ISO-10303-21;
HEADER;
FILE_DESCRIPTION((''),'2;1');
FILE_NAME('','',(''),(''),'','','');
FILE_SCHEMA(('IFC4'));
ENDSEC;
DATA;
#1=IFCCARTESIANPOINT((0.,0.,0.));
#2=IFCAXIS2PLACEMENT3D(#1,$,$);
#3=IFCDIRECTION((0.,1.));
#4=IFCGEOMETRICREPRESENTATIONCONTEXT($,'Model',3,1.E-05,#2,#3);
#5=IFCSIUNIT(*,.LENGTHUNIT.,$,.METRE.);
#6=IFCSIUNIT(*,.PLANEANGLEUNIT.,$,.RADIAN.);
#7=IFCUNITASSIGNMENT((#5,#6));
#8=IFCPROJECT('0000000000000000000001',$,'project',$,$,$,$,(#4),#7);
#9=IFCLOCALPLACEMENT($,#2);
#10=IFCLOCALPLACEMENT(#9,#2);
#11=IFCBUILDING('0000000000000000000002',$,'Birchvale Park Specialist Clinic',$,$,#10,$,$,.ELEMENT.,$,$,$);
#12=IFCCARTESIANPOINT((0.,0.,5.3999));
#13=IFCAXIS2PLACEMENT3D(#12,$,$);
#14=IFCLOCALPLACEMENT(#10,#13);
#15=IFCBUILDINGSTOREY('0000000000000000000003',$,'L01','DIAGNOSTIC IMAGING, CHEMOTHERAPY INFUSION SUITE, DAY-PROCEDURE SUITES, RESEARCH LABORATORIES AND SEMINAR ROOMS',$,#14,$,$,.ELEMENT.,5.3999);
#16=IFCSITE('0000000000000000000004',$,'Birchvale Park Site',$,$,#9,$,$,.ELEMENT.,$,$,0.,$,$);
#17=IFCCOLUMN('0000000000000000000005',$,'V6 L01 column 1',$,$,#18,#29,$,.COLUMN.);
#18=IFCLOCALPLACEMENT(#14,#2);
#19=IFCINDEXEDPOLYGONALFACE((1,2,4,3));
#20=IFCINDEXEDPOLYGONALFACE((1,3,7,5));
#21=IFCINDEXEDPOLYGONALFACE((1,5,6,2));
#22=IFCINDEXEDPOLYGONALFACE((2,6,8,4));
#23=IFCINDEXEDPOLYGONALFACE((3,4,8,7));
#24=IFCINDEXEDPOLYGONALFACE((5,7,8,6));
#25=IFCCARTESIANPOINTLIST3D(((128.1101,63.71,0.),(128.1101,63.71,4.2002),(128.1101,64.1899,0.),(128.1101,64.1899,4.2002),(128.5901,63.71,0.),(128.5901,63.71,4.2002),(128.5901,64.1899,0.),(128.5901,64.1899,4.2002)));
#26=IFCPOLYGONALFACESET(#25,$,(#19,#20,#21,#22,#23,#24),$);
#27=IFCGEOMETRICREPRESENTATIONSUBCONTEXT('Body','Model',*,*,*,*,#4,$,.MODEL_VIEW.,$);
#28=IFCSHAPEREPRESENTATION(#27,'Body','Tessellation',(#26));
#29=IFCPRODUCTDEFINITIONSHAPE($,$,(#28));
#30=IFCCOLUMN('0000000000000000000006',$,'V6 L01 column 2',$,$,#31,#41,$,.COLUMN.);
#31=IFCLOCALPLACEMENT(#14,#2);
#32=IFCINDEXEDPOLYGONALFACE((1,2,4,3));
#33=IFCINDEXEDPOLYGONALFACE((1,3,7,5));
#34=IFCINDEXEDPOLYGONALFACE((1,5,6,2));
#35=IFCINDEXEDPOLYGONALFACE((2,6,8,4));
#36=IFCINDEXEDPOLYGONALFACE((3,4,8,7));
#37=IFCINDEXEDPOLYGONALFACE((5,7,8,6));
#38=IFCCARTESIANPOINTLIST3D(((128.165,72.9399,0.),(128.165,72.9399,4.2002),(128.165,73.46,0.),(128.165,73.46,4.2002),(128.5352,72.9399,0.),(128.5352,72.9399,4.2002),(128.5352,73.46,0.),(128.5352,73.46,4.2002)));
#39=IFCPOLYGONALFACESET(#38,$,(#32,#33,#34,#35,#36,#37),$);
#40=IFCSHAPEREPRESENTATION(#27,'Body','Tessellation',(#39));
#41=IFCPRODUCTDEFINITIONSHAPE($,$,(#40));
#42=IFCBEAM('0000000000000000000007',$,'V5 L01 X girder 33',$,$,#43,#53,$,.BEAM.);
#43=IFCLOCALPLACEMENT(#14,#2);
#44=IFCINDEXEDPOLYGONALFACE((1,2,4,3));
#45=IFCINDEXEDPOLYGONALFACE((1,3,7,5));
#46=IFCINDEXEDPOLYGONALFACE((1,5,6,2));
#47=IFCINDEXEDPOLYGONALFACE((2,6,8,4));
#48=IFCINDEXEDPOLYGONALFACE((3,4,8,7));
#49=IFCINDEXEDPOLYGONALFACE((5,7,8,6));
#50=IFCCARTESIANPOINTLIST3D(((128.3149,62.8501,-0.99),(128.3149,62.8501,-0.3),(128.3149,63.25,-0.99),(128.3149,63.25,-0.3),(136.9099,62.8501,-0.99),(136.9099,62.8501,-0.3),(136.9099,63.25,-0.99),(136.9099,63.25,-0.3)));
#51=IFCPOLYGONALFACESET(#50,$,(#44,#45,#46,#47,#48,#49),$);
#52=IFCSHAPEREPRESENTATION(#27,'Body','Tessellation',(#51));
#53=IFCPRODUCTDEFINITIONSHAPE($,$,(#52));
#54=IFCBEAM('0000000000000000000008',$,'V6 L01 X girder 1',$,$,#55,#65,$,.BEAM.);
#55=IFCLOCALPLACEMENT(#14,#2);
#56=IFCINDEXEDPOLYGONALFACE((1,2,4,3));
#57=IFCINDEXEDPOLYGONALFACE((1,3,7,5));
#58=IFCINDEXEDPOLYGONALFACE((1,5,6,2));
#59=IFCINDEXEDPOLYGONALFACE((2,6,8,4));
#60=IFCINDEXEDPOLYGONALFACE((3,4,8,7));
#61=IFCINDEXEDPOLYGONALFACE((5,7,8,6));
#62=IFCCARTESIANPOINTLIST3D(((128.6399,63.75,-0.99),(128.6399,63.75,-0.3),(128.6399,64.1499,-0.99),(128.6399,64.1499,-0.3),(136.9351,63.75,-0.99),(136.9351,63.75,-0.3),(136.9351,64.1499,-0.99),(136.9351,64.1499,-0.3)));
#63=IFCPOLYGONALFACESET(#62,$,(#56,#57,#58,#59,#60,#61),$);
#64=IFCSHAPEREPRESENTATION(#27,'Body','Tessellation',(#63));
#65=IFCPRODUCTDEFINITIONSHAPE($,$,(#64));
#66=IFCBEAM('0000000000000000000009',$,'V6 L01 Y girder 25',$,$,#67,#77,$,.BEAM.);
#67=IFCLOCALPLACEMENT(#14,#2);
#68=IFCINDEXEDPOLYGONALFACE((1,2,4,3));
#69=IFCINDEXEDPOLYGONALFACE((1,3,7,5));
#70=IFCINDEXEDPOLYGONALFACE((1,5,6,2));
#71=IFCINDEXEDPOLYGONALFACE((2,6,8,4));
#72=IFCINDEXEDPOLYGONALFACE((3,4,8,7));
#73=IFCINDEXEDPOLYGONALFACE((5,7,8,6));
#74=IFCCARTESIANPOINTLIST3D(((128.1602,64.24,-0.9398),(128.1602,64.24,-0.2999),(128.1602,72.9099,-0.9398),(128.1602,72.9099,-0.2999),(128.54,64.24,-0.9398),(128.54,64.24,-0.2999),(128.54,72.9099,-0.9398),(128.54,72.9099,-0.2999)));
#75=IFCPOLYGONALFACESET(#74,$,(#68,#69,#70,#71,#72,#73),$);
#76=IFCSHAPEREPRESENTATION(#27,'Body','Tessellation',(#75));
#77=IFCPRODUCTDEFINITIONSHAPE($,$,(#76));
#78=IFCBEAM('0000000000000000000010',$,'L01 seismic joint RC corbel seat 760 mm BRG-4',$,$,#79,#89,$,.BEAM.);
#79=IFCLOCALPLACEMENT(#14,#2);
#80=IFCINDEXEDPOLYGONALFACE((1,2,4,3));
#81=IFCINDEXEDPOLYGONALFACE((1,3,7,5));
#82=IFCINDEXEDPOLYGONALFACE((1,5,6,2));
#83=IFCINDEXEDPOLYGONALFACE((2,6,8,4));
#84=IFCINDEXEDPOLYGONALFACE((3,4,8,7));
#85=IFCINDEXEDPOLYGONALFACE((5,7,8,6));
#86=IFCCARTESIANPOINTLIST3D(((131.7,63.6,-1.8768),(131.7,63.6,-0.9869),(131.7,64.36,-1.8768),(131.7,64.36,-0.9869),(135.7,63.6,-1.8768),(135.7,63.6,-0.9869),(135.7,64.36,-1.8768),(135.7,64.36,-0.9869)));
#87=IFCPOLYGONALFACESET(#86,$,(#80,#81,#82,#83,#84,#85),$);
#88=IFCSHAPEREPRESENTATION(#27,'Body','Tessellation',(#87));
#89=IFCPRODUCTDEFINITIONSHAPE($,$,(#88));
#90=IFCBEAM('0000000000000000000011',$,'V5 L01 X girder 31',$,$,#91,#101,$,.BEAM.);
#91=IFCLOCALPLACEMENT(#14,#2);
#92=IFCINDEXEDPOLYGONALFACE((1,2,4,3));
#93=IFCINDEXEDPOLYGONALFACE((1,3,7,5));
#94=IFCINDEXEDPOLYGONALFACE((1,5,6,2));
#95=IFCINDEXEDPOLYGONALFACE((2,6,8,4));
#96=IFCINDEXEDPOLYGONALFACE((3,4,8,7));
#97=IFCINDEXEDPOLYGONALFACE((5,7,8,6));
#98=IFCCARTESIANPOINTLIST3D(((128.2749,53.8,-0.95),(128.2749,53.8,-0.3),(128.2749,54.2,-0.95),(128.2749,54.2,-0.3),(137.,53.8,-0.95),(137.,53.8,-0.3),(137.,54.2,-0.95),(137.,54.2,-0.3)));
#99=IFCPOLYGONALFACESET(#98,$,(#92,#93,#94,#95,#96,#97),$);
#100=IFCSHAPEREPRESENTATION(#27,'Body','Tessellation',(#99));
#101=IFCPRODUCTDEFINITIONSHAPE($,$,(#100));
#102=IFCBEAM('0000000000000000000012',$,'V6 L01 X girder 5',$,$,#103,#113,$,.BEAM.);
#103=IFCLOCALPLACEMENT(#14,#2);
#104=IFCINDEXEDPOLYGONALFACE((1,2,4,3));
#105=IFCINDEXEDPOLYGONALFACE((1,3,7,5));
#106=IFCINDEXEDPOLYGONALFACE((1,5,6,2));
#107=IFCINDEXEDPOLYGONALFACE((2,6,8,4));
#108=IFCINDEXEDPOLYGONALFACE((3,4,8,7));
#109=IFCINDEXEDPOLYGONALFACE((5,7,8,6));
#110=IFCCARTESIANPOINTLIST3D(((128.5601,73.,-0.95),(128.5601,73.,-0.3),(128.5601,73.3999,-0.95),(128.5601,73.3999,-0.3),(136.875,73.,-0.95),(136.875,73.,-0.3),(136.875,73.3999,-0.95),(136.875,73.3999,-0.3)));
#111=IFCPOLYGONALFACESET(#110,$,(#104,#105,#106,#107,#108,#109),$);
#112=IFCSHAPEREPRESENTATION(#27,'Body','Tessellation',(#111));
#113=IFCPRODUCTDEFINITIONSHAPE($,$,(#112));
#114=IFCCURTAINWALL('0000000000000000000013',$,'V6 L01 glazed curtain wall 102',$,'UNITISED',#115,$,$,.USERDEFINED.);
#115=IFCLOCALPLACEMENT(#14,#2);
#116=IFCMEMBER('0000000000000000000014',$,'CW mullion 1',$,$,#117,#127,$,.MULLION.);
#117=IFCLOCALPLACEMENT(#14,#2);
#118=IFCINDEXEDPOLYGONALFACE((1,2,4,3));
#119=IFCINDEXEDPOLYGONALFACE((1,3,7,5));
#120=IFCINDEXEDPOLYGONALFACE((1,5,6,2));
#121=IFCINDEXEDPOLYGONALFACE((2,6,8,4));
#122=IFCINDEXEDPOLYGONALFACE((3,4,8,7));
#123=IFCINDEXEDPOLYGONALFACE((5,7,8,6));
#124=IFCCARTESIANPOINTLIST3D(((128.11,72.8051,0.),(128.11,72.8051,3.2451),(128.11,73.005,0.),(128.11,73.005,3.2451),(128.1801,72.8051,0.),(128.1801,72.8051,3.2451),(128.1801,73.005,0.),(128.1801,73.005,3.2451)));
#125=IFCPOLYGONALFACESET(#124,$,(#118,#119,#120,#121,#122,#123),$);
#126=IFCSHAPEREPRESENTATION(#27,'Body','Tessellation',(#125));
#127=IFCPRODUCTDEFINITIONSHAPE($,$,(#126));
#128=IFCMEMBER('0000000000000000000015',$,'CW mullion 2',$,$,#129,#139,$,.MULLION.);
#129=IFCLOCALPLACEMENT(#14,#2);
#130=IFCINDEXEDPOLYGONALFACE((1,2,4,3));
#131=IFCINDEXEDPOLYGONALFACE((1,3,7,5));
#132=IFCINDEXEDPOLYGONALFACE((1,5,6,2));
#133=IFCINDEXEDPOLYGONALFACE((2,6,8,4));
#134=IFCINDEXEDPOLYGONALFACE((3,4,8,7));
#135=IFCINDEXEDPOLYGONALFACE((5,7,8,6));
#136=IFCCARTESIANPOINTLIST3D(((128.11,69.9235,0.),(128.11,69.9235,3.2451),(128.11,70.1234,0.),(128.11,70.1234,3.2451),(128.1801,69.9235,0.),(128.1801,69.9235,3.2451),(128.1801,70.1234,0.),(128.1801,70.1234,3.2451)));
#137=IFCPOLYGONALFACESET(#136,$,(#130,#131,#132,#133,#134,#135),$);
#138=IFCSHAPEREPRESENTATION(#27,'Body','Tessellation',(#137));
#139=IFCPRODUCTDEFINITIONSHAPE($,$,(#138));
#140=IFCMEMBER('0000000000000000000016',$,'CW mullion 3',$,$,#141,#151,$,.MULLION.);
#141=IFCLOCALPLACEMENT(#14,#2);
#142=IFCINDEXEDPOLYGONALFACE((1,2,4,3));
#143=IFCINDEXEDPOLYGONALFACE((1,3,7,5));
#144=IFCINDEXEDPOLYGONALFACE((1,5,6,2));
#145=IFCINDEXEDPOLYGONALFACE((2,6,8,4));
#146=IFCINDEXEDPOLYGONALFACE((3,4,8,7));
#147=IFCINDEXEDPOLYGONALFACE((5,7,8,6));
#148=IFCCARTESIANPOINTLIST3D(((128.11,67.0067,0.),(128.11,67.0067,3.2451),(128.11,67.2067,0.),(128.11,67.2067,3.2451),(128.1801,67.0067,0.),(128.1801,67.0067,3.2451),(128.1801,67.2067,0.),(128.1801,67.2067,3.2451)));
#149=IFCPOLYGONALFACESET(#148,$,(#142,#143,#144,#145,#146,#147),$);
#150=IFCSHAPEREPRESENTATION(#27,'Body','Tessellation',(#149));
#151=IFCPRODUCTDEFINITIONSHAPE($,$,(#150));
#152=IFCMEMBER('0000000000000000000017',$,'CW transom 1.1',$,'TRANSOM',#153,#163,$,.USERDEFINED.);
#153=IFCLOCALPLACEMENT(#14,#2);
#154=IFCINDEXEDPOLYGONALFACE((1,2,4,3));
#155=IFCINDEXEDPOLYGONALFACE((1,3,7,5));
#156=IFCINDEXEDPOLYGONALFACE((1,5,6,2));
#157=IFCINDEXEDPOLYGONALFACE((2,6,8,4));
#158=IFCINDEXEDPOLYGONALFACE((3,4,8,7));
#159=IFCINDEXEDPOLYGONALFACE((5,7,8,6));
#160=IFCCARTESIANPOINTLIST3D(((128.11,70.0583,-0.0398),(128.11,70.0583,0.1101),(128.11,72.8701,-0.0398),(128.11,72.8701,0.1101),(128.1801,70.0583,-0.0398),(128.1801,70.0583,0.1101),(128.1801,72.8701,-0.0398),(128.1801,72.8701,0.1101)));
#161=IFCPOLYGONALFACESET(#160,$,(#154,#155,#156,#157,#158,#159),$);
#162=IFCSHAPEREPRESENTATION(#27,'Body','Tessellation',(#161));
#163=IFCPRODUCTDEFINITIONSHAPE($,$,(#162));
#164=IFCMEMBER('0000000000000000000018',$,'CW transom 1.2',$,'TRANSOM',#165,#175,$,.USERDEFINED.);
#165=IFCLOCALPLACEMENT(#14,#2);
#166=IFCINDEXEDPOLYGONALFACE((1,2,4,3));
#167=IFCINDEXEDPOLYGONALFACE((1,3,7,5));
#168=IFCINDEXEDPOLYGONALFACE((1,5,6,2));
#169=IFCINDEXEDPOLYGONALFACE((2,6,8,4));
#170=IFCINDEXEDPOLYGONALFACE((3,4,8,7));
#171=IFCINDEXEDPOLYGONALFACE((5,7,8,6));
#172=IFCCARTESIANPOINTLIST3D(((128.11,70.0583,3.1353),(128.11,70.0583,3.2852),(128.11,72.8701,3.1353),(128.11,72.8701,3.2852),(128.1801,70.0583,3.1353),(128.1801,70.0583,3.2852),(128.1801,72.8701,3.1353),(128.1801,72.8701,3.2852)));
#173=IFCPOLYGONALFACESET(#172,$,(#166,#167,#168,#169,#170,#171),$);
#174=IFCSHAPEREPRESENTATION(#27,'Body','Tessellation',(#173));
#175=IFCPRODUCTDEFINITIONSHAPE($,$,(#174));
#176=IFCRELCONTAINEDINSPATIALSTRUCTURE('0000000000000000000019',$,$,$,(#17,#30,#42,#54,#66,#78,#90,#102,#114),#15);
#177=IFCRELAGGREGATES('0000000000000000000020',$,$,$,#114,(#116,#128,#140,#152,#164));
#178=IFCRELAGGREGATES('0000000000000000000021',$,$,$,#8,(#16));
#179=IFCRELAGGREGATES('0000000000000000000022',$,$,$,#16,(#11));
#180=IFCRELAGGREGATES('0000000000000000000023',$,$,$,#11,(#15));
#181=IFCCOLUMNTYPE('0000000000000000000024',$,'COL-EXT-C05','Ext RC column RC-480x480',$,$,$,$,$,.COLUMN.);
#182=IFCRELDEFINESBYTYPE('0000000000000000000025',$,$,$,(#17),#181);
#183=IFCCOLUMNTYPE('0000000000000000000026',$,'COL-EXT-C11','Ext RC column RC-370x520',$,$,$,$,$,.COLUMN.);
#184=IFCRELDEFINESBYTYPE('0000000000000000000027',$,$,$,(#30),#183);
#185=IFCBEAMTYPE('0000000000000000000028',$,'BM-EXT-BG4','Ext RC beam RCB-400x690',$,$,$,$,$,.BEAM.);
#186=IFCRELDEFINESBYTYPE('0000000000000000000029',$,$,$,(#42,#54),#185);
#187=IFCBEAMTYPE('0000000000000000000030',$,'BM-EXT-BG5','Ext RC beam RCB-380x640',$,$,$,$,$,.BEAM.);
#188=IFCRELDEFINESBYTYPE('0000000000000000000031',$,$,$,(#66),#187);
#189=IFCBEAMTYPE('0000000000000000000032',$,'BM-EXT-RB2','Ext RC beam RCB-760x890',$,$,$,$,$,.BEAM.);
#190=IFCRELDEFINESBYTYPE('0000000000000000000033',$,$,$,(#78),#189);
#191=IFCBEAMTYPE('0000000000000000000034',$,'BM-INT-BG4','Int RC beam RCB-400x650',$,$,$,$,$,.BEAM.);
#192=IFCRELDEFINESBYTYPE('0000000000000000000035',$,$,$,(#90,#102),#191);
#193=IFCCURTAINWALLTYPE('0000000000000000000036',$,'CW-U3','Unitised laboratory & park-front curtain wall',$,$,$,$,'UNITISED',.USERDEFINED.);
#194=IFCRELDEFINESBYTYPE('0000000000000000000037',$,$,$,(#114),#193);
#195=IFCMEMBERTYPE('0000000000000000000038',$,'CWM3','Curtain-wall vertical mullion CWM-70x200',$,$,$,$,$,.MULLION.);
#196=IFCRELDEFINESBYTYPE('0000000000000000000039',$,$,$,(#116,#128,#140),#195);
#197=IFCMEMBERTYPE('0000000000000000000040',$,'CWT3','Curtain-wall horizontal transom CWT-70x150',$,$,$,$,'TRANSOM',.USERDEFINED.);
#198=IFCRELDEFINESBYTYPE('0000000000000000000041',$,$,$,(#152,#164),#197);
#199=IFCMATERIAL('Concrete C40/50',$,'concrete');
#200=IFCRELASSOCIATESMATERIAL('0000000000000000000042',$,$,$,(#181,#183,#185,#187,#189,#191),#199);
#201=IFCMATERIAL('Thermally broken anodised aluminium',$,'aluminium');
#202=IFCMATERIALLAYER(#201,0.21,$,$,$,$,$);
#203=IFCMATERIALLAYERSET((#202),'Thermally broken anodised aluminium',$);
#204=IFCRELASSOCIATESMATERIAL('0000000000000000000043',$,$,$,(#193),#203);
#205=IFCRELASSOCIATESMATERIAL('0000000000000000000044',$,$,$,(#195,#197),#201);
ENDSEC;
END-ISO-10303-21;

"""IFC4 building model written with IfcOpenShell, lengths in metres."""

from ifc_helpers import new_model, si_unit, direction, frame, origin, origin_2d, place, context, subcontext, project, spatial, rectangle, extrude, material, layer, layer_set, material_profile, profile_set, type_object, element, aggregate, save


model = new_model("IFC4")

# Units and contexts
model_context = context("Model", 3, precision=1e-05, world=origin(), true_north=direction((0.0, 1.0)))
body_context = subcontext(model_context, "Body", "Model", "MODEL_VIEW")
ifc_project = project(units=[si_unit("LENGTHUNIT", "METRE"), si_unit("PLANEANGLEUNIT", "RADIAN")], contexts=[model_context])

# Site, building, storey
site_placement = place(None, origin())
site = spatial("IfcSite", under=ifc_project, at=site_placement, Name="Birchvale Park Site", CompositionType="ELEMENT", RefElevation=0.0)
building_placement = place(site_placement, origin())
building = spatial("IfcBuilding", under=site, at=building_placement, Name="Birchvale Park Specialist Clinic", CompositionType="ELEMENT")
storey_placement = place(building_placement, frame((0.0, 0.0, 5.3999)))
storey = spatial("IfcBuildingStorey", under=building, at=storey_placement, Name="L01", Description="DIAGNOSTIC IMAGING, CHEMOTHERAPY INFUSION SUITE, DAY-PROCEDURE SUITES, RESEARCH LABORATORIES AND SEMINAR ROOMS", CompositionType="ELEMENT", Elevation=5.3999)

# Columns
ifc_material_1 = material(Name="Concrete C40/50", Category="concrete")
ifc_material_profile_1 = material_profile(ifc_material_1, rectangle(XDim=0.48, YDim=0.48, at=origin_2d()), Name="RC-480x480")
ifc_profile_set_1 = profile_set([ifc_material_profile_1], Name="Concrete C40/50")
column_type_1 = type_object("IfcColumnType", Name="COL-EXT-C05", Description="Ext RC column RC-480x480", PredefinedType="COLUMN", material=ifc_profile_set_1)
column_1_placement = place(storey_placement, frame((128.3501, 63.95, 0.0), z_axis=(0.0, 0.0, 1.0), x_axis=(1.0, 0.0, 0.0)))
element("IfcColumn", 1, at=column_1_placement, inside=storey, type_object=column_type_1, Name="V6 L01 column 1", PredefinedType="COLUMN", context=body_context, shape_type="SweptSolid", body=[
    extrude(rectangle(XDim=0.48, YDim=0.48, at=origin_2d()), origin(), (0.0, 0.0, 1.0), 4.2002),
])
ifc_material_profile_2 = material_profile(ifc_material_1, rectangle(XDim=0.3701, YDim=0.52, at=origin_2d()), Name="RC-370x520")
ifc_profile_set_2 = profile_set([ifc_material_profile_2], Name="Concrete C40/50")
column_type_2 = type_object("IfcColumnType", Name="COL-EXT-C11", Description="Ext RC column RC-370x520", PredefinedType="COLUMN", material=ifc_profile_set_2)
column_2_placement = place(storey_placement, frame((128.3501, 73.2, 0.0), z_axis=(0.0, 0.0, 1.0), x_axis=(1.0, 0.0, 0.0)))
element("IfcColumn", 2, at=column_2_placement, inside=storey, type_object=column_type_2, Name="V6 L01 column 2", PredefinedType="COLUMN", context=body_context, shape_type="SweptSolid", body=[
    extrude(rectangle(XDim=0.3701, YDim=0.52, at=origin_2d()), origin(), (0.0, 0.0, 1.0), 4.2002),
])

# Beams
ifc_material_profile_3 = material_profile(ifc_material_1, rectangle(XDim=0.3999, YDim=0.6899, at=origin_2d()), Name="RCB-400x690")
ifc_profile_set_3 = profile_set([ifc_material_profile_3], Name="Concrete C40/50")
beam_type_1 = type_object("IfcBeamType", Name="BM-EXT-BG4", Description="Ext RC beam RCB-400x690", PredefinedType="BEAM", material=ifc_profile_set_3)
beam_1_placement = place(storey_placement, frame((128.3149, 63.05, -0.645), z_axis=(1.0, 0.0, 0.0), x_axis=(0.0, 1.0, 0.0)))
element("IfcBeam", 3, at=beam_1_placement, inside=storey, type_object=beam_type_1, Name="V5 L01 X girder 33", PredefinedType="BEAM", context=body_context, shape_type="SweptSolid", body=[
    extrude(rectangle(XDim=0.3999, YDim=0.6899, at=origin_2d()), origin(), (0.0, 0.0, 1.0), 8.595),
])
beam_2_placement = place(storey_placement, frame((128.6399, 63.95, -0.645), z_axis=(1.0, 0.0, 0.0), x_axis=(0.0, 1.0, 0.0)))
element("IfcBeam", 4, at=beam_2_placement, inside=storey, type_object=beam_type_1, Name="V6 L01 X girder 1", PredefinedType="BEAM", context=body_context, shape_type="SweptSolid", body=[
    extrude(rectangle(XDim=0.3999, YDim=0.6899, at=origin_2d()), origin(), (0.0, 0.0, 1.0), 8.2952),
])
ifc_material_profile_4 = material_profile(ifc_material_1, rectangle(XDim=0.3799, YDim=0.6399, at=origin_2d()), Name="RCB-380x640")
ifc_profile_set_4 = profile_set([ifc_material_profile_4], Name="Concrete C40/50")
beam_type_2 = type_object("IfcBeamType", Name="BM-EXT-BG5", Description="Ext RC beam RCB-380x640", PredefinedType="BEAM", material=ifc_profile_set_4)
beam_3_placement = place(storey_placement, frame((128.3501, 64.24, -0.6199), z_axis=(0.0, 1.0, 0.0), x_axis=(-1.0, 0.0, 0.0)))
element("IfcBeam", 5, at=beam_3_placement, inside=storey, type_object=beam_type_2, Name="V6 L01 Y girder 25", PredefinedType="BEAM", context=body_context, shape_type="SweptSolid", body=[
    extrude(rectangle(XDim=0.3799, YDim=0.6399, at=origin_2d()), origin(), (0.0, 0.0, 1.0), 8.6699),
])
ifc_material_profile_5 = material_profile(ifc_material_1, rectangle(XDim=0.76, YDim=0.8899, at=origin_2d()), Name="RCB-760x890")
ifc_profile_set_5 = profile_set([ifc_material_profile_5], Name="Concrete C40/50")
beam_type_3 = type_object("IfcBeamType", Name="BM-EXT-RB2", Description="Ext RC beam RCB-760x890", PredefinedType="BEAM", material=ifc_profile_set_5)
beam_4_placement = place(storey_placement, frame((131.7, 63.98, -1.4319), z_axis=(1.0, 0.0, 0.0), x_axis=(0.0, 1.0, 0.0)))
element("IfcBeam", 6, at=beam_4_placement, inside=storey, type_object=beam_type_3, Name="L01 seismic joint RC corbel seat 760 mm BRG-4", PredefinedType="BEAM", context=body_context, shape_type="SweptSolid", body=[
    extrude(rectangle(XDim=0.76, YDim=0.8899, at=origin_2d()), origin(), (0.0, 0.0, 1.0), 4.0),
])
ifc_material_profile_6 = material_profile(ifc_material_1, rectangle(XDim=0.3999, YDim=0.6499, at=origin_2d()), Name="RCB-400x650")
ifc_profile_set_6 = profile_set([ifc_material_profile_6], Name="Concrete C40/50")
beam_type_4 = type_object("IfcBeamType", Name="BM-INT-BG4", Description="Int RC beam RCB-400x650", PredefinedType="BEAM", material=ifc_profile_set_6)
beam_5_placement = place(storey_placement, frame((128.2749, 54.0, -0.625), z_axis=(1.0, 0.0, 0.0), x_axis=(0.0, 1.0, 0.0)))
element("IfcBeam", 7, at=beam_5_placement, inside=storey, type_object=beam_type_4, Name="V5 L01 X girder 31", PredefinedType="BEAM", context=body_context, shape_type="SweptSolid", body=[
    extrude(rectangle(XDim=0.3999, YDim=0.6499, at=origin_2d()), origin(), (0.0, 0.0, 1.0), 8.7251),
])
beam_6_placement = place(storey_placement, frame((128.5601, 73.2, -0.625), z_axis=(1.0, 0.0, 0.0), x_axis=(0.0, 1.0, 0.0)))
element("IfcBeam", 8, at=beam_6_placement, inside=storey, type_object=beam_type_4, Name="V6 L01 X girder 5", PredefinedType="BEAM", context=body_context, shape_type="SweptSolid", body=[
    extrude(rectangle(XDim=0.3999, YDim=0.6499, at=origin_2d()), origin(), (0.0, 0.0, 1.0), 8.3149),
])

# Curtain wall, members
ifc_material_2 = material(Name="Thermally broken anodised aluminium", Category="aluminium")
ifc_layer_1 = layer(ifc_material_2, 0.21)
ifc_layer_set_1 = layer_set([ifc_layer_1], Name="Thermally broken anodised aluminium")
curtain_wall_type = type_object("IfcCurtainWallType", Name="CW-U3", Description="Unitised laboratory & park-front curtain wall", ElementType="UNITISED", PredefinedType="USERDEFINED", material=ifc_layer_set_1)
curtain_wall_placement = place(storey_placement, origin())
curtain_wall = element("IfcCurtainWall", 9, at=curtain_wall_placement, inside=storey, type_object=curtain_wall_type, Name="V6 L01 glazed curtain wall 102", ObjectType="UNITISED", PredefinedType="USERDEFINED")
ifc_material_profile_7 = material_profile(ifc_material_2, rectangle(XDim=0.0701, YDim=0.2, at=origin_2d()), Name="CWM-70x200")
ifc_profile_set_7 = profile_set([ifc_material_profile_7], Name="Thermally broken anodised aluminium")
member_type_1 = type_object("IfcMemberType", Name="CWM3", Description="Curtain-wall vertical mullion CWM-70x200", PredefinedType="MULLION", material=ifc_profile_set_7)
member_1_placement = place(storey_placement, frame((128.145, 72.905, 0.0), z_axis=(0.0, 0.0, 1.0), x_axis=(1.0, 0.0, 0.0)))
member_1 = element("IfcMember", 10, at=member_1_placement, type_object=member_type_1, Name="CW mullion 1", PredefinedType="MULLION", context=body_context, shape_type="SweptSolid", body=[
    extrude(rectangle(XDim=0.0701, YDim=0.2, at=origin_2d()), origin(), (0.0, 0.0, 1.0), 3.2451),
])
member_2_placement = place(storey_placement, frame((128.145, 70.0234, 0.0), z_axis=(0.0, 0.0, 1.0), x_axis=(1.0, 0.0, 0.0)))
member_2 = element("IfcMember", 11, at=member_2_placement, type_object=member_type_1, Name="CW mullion 2", PredefinedType="MULLION", context=body_context, shape_type="SweptSolid", body=[
    extrude(rectangle(XDim=0.0701, YDim=0.2, at=origin_2d()), origin(), (0.0, 0.0, 1.0), 3.2451),
])
member_3_placement = place(storey_placement, frame((128.145, 67.1067, 0.0), z_axis=(0.0, 0.0, 1.0), x_axis=(1.0, 0.0, 0.0)))
member_3 = element("IfcMember", 12, at=member_3_placement, type_object=member_type_1, Name="CW mullion 3", PredefinedType="MULLION", context=body_context, shape_type="SweptSolid", body=[
    extrude(rectangle(XDim=0.0701, YDim=0.2, at=origin_2d()), origin(), (0.0, 0.0, 1.0), 3.2451),
])
ifc_material_profile_8 = material_profile(ifc_material_2, rectangle(XDim=0.0701, YDim=0.1499, at=origin_2d()), Name="CWT-70x150")
ifc_profile_set_8 = profile_set([ifc_material_profile_8], Name="Thermally broken anodised aluminium")
member_type_2 = type_object("IfcMemberType", Name="CWT3", Description="Curtain-wall horizontal transom CWT-70x150", ElementType="TRANSOM", PredefinedType="USERDEFINED", material=ifc_profile_set_8)
member_4_placement = place(storey_placement, frame((128.145, 72.8701, 0.0352), z_axis=(0.0, -1.0, 0.0), x_axis=(1.0, 0.0, 0.0)))
member_4 = element("IfcMember", 13, at=member_4_placement, type_object=member_type_2, Name="CW transom 1.1", ObjectType="TRANSOM", PredefinedType="USERDEFINED", context=body_context, shape_type="SweptSolid", body=[
    extrude(rectangle(XDim=0.0701, YDim=0.1499, at=origin_2d()), origin(), (0.0, 0.0, 1.0), 2.8118),
])
member_5_placement = place(storey_placement, frame((128.145, 72.8701, 3.2102), z_axis=(0.0, -1.0, 0.0), x_axis=(1.0, 0.0, 0.0)))
member_5 = element("IfcMember", 14, at=member_5_placement, type_object=member_type_2, Name="CW transom 1.2", ObjectType="TRANSOM", PredefinedType="USERDEFINED", context=body_context, shape_type="SweptSolid", body=[
    extrude(rectangle(XDim=0.0701, YDim=0.1499, at=origin_2d()), origin(), (0.0, 0.0, 1.0), 2.8118),
])

aggregate(curtain_wall, [member_1, member_2, member_3, member_4, member_5])

save(model, "model.ifc")
